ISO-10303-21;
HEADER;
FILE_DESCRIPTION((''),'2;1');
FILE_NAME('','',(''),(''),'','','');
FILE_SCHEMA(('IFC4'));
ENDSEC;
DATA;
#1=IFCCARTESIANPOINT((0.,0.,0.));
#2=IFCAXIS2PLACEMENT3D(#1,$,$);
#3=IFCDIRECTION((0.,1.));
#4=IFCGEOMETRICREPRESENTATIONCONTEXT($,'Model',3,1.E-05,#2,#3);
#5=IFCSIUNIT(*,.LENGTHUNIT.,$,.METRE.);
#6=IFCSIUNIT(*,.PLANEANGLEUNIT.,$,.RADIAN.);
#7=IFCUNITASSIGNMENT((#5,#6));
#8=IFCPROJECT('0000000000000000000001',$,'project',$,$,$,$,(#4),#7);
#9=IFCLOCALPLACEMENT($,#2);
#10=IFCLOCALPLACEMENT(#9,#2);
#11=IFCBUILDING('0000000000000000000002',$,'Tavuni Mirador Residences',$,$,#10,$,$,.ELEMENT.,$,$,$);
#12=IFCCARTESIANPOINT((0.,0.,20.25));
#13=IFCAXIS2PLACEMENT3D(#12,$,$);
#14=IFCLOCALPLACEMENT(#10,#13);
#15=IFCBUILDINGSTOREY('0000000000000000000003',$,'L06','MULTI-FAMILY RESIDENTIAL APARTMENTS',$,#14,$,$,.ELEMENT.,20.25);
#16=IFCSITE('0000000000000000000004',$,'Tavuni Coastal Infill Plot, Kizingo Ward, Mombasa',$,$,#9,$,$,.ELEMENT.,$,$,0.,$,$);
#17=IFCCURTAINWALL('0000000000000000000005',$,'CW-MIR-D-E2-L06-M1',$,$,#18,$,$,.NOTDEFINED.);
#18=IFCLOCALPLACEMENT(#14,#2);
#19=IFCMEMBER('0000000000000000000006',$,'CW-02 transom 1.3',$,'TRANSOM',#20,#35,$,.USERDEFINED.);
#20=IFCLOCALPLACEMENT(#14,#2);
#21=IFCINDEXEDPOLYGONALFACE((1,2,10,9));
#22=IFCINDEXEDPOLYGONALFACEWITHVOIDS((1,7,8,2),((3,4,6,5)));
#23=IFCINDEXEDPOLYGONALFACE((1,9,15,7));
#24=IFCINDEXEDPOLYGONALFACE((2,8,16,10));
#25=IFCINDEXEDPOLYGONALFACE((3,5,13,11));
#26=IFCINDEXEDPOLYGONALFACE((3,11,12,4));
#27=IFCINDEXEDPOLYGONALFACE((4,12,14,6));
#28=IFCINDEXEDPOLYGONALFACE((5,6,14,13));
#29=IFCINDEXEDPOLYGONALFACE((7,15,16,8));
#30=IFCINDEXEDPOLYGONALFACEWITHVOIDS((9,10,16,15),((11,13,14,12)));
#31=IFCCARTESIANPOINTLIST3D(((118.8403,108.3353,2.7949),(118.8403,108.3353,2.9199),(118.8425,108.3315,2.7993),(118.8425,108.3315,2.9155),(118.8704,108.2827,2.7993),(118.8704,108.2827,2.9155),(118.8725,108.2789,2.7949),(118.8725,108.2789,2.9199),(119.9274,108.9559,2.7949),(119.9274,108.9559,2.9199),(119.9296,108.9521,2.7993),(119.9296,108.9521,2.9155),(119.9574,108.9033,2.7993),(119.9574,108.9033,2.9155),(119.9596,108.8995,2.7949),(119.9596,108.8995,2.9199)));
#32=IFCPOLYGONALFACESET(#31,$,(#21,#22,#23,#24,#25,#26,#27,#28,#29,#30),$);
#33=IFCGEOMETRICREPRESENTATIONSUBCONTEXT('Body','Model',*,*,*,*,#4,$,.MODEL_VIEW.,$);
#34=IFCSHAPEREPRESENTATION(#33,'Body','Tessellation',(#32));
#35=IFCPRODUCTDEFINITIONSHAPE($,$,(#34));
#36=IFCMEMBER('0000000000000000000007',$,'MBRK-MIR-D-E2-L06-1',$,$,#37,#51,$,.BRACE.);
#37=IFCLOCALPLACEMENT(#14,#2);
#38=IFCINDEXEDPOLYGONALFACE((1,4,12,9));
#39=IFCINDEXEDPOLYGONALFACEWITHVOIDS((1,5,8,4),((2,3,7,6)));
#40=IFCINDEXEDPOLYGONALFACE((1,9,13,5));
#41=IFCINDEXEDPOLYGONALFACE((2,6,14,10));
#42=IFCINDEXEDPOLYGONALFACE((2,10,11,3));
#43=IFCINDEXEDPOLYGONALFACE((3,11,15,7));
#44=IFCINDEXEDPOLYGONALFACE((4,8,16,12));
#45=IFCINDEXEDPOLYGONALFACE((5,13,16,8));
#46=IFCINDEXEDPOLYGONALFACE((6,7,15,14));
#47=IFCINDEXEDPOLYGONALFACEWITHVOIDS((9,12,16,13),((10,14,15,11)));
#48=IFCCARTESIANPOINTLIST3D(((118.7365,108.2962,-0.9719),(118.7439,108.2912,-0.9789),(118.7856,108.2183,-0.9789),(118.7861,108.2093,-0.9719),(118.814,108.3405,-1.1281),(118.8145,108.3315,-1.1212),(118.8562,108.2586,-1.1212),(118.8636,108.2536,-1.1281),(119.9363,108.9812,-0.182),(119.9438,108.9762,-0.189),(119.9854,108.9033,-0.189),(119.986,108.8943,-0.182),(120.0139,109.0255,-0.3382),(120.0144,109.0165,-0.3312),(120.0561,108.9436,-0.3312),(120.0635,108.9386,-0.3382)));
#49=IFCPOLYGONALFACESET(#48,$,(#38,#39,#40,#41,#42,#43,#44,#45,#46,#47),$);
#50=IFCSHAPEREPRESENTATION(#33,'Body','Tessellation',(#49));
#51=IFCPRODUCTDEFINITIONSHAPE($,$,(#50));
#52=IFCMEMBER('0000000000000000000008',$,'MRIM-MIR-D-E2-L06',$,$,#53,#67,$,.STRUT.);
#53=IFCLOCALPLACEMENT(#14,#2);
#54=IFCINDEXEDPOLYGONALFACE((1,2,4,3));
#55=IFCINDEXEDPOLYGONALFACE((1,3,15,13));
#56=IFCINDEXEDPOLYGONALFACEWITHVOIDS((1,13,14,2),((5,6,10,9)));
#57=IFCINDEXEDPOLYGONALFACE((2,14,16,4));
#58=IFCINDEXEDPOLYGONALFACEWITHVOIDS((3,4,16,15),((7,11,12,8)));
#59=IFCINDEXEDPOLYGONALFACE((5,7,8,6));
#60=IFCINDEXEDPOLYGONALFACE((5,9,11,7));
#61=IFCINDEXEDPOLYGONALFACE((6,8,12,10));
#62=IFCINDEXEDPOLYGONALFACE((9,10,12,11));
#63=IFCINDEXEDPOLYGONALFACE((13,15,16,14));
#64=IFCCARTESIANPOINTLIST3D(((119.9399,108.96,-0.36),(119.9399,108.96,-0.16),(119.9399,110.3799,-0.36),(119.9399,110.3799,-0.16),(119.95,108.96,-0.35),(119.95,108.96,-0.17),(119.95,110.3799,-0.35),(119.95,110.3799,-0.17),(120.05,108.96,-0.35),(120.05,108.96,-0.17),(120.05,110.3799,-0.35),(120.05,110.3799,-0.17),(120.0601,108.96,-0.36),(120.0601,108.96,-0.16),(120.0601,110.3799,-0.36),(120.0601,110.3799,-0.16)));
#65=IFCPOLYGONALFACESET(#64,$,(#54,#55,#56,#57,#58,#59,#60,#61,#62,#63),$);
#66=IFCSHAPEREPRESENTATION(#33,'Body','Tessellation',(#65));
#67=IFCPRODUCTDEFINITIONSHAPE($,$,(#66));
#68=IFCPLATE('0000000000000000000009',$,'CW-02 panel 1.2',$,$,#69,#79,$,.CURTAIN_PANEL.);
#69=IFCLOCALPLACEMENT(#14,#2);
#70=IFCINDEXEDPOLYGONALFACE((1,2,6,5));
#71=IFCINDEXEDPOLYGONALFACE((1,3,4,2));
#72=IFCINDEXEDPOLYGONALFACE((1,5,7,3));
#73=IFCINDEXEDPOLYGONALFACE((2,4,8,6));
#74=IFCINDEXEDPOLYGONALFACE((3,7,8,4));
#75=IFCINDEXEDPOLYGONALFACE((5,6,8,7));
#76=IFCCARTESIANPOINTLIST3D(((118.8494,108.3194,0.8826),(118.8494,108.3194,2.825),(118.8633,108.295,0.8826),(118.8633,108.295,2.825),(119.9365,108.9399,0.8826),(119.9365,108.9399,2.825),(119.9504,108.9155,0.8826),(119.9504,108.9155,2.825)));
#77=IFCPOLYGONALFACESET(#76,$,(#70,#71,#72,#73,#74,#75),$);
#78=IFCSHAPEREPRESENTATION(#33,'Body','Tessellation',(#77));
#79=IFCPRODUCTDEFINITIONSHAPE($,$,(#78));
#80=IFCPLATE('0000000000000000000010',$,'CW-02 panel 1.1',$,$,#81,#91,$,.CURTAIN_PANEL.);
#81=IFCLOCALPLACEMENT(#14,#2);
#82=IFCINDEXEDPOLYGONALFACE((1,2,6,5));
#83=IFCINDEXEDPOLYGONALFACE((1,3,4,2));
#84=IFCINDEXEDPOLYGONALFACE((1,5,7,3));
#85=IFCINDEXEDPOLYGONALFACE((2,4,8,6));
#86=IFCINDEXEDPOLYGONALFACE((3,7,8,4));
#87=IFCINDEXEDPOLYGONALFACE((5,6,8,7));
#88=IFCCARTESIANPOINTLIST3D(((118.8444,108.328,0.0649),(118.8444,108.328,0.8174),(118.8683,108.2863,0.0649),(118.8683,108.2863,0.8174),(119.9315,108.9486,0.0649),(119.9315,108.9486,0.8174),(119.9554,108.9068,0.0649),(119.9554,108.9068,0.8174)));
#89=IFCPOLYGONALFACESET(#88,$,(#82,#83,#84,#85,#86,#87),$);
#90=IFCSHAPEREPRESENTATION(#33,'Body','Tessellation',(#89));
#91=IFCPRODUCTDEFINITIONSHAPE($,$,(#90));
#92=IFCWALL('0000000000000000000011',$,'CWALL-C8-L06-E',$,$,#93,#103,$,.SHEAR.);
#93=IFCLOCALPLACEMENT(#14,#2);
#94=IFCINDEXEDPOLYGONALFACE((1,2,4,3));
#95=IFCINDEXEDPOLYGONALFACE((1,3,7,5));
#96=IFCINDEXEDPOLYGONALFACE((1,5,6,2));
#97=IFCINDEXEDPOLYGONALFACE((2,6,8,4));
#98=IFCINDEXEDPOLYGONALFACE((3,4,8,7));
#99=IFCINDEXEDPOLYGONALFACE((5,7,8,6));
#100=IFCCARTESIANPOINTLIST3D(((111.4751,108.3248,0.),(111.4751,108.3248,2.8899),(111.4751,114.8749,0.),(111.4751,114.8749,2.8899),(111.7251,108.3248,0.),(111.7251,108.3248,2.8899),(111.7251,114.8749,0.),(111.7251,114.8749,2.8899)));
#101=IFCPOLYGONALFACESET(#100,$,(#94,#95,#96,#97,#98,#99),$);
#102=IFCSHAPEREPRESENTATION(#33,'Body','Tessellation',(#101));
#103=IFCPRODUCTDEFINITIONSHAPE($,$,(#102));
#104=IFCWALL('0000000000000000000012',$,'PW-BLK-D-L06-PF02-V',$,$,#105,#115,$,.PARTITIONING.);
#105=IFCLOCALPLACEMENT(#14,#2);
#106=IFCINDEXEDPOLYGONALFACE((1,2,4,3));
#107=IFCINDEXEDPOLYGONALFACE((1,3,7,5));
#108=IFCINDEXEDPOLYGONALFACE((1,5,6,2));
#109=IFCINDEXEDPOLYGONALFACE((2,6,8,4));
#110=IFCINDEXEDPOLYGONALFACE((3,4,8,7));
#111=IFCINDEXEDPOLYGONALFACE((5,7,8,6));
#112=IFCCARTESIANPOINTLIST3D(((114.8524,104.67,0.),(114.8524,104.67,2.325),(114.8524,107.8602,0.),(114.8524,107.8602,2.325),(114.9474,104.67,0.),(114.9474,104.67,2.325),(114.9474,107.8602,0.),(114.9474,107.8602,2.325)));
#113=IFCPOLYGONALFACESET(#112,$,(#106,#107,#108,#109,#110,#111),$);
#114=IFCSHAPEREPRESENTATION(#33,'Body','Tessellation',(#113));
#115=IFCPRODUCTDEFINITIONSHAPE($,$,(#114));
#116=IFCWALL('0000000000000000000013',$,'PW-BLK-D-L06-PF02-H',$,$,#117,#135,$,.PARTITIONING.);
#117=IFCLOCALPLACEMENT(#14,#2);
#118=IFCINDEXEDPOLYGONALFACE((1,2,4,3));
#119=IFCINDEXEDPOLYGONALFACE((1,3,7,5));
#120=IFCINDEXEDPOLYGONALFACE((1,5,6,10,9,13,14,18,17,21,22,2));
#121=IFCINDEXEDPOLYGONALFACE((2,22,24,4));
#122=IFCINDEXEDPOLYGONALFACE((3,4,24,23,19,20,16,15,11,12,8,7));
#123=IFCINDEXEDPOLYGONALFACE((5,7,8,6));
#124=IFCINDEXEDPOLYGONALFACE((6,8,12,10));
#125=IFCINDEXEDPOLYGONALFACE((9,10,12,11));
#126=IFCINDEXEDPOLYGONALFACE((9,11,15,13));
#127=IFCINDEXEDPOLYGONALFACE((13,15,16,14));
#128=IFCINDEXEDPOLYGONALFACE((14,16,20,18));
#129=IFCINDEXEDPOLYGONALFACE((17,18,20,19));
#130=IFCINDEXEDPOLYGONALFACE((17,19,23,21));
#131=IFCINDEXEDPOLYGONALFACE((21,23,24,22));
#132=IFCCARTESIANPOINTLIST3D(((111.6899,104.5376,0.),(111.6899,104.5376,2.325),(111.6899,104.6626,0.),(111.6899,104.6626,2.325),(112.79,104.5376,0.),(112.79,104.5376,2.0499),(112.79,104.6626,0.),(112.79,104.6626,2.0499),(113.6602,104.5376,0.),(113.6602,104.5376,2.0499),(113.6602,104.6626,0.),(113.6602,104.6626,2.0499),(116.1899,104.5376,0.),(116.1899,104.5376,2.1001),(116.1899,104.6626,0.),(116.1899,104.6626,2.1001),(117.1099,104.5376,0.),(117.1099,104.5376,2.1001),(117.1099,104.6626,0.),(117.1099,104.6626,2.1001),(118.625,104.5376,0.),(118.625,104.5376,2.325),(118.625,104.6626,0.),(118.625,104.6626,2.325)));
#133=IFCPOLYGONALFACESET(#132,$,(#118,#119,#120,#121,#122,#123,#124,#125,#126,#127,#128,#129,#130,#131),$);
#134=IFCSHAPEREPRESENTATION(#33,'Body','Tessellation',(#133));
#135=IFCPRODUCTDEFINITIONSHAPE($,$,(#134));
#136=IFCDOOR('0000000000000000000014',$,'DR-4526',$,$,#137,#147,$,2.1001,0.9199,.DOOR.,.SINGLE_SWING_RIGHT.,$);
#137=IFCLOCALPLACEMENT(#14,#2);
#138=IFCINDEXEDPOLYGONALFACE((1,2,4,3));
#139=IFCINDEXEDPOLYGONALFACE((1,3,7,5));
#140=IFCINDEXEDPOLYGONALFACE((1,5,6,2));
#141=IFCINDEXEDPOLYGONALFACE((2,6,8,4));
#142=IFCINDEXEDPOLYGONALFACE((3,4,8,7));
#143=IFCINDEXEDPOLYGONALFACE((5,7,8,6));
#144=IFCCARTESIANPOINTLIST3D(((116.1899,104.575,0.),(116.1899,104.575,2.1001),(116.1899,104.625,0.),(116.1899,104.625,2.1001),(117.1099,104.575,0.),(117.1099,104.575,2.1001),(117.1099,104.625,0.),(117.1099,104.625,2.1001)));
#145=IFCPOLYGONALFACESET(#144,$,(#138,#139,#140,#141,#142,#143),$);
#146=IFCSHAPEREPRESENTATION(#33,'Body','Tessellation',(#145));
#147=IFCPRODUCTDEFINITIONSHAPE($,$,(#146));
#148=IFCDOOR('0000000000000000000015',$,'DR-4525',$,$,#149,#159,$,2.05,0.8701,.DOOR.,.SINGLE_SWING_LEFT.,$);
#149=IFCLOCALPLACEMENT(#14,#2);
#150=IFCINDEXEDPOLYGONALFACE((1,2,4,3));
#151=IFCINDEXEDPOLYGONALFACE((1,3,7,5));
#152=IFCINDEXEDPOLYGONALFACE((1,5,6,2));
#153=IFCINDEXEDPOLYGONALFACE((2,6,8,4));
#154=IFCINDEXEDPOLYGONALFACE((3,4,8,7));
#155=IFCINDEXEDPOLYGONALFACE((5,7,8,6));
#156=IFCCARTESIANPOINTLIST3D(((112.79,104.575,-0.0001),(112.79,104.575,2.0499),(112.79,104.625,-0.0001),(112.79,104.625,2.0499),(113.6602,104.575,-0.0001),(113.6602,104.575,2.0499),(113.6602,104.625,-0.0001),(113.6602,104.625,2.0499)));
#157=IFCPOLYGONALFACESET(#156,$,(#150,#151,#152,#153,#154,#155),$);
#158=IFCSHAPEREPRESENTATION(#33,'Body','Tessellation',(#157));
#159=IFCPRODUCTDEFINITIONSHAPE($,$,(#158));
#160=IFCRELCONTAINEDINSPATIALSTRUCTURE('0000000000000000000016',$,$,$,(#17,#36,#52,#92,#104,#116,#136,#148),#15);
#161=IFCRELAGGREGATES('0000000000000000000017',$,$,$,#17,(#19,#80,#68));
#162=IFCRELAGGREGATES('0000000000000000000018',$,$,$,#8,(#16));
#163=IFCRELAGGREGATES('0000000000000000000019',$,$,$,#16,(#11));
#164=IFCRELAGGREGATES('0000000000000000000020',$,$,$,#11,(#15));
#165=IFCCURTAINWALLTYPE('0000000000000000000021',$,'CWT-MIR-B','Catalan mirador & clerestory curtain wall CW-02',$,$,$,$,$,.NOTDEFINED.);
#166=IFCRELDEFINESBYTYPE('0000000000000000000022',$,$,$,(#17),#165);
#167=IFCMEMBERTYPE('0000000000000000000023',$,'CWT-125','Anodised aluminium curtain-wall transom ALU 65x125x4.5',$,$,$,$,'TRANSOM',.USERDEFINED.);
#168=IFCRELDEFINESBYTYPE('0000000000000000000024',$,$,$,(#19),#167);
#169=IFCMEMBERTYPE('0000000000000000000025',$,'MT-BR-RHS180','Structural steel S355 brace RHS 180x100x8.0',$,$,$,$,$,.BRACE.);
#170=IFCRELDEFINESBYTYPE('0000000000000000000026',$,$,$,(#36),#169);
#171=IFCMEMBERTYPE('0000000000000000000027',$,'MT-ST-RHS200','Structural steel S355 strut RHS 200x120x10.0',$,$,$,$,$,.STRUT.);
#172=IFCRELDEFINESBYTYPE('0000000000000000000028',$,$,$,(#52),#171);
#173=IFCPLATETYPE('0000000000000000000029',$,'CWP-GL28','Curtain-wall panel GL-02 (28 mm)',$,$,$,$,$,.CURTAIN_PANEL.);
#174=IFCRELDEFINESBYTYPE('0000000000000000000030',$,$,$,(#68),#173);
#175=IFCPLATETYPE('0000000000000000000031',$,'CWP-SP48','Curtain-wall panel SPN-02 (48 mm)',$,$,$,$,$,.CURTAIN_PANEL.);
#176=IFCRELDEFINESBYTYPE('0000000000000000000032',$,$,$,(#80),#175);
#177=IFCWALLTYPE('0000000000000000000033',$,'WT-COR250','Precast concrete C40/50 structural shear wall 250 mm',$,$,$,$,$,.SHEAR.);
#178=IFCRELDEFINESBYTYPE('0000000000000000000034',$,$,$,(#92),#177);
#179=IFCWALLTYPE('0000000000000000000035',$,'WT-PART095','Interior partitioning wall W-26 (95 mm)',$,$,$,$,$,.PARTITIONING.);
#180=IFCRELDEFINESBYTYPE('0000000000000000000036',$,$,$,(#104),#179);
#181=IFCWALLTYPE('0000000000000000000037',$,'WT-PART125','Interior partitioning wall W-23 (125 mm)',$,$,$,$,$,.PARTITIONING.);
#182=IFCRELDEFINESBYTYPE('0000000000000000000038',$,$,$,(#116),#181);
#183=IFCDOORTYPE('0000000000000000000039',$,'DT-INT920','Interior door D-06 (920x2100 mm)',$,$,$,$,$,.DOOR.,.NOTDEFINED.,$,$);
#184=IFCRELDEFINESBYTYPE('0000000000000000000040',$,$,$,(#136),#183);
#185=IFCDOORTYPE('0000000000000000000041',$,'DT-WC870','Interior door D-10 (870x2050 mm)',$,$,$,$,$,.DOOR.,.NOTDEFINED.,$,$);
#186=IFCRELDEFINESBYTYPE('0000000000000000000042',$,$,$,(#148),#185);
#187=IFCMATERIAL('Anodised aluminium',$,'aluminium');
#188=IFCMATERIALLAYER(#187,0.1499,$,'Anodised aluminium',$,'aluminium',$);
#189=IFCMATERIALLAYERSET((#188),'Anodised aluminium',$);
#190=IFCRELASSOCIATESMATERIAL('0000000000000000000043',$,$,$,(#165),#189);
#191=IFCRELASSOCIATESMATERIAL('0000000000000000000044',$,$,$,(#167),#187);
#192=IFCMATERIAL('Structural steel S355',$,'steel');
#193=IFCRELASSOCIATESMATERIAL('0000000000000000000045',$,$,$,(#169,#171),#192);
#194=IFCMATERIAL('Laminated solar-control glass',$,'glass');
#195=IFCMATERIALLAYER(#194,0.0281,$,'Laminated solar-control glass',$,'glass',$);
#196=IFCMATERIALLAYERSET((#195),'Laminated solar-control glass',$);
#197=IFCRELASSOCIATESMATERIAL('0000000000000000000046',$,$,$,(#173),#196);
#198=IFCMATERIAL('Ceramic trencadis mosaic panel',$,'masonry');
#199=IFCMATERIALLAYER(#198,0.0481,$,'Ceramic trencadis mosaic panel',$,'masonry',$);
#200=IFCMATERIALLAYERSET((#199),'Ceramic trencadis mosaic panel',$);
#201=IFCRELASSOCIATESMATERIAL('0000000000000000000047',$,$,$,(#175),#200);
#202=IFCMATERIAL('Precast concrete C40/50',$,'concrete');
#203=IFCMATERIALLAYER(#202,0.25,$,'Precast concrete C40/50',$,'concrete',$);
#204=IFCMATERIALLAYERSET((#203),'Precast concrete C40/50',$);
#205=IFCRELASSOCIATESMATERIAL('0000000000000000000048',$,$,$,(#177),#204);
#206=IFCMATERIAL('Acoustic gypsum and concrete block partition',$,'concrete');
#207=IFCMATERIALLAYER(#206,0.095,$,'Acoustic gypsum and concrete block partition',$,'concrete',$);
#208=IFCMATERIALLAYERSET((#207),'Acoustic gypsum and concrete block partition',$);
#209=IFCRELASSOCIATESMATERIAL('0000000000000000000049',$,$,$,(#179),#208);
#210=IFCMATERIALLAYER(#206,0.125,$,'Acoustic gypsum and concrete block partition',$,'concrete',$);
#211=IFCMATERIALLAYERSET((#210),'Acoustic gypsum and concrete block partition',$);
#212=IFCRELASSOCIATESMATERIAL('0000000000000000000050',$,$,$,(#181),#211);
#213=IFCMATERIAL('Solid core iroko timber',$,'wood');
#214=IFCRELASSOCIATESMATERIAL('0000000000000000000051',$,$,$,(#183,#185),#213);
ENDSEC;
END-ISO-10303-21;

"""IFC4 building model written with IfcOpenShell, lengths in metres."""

from ifc_helpers import new_model, si_unit, direction, frame, frame_2d, origin, origin_2d, place, context, subcontext, project, spatial, rectangle, hollow_rectangle, extrude, material, layer, layer_set, material_profile, profile_set, type_object, element, fill, aggregate, save


model = new_model("IFC4")

# Units and contexts
model_context = context("Model", 3, precision=1e-05, world=origin(), true_north=direction((0.0, 1.0)))
body_context = subcontext(model_context, "Body", "Model", "MODEL_VIEW")
ifc_project = project(units=[si_unit("LENGTHUNIT", "METRE"), si_unit("PLANEANGLEUNIT", "RADIAN")], contexts=[model_context])

# Site, building, storey
site_placement = place(None, origin())
site = spatial("IfcSite", under=ifc_project, at=site_placement, Name="Tavuni Coastal Infill Plot, Kizingo Ward, Mombasa", CompositionType="ELEMENT", RefElevation=0.0)
building_placement = place(site_placement, origin())
building = spatial("IfcBuilding", under=site, at=building_placement, Name="Tavuni Mirador Residences", CompositionType="ELEMENT")
storey_placement = place(building_placement, frame((0.0, 0.0, 20.25)))
storey = spatial("IfcBuildingStorey", under=building, at=storey_placement, Name="L06", Description="MULTI-FAMILY RESIDENTIAL APARTMENTS", CompositionType="ELEMENT", Elevation=20.25)

# Shared definitions
ifc_material_1 = material(Name="Precast concrete C40/50", Category="concrete")

# Shared definitions
ifc_material_2 = material(Name="Anodised aluminium", Category="aluminium")

# Curtain wall
ifc_layer_1 = layer(ifc_material_2, 0.1499, Name="Anodised aluminium", Category="aluminium")
ifc_layer_set_1 = layer_set([ifc_layer_1], Name="Anodised aluminium")
curtain_wall_type_1 = type_object("IfcCurtainWallType", Name="CWT-MIR-B", Description="Catalan mirador & clerestory curtain wall CW-02", PredefinedType="NOTDEFINED", material=ifc_layer_set_1)
curtain_wall_1_placement = place(storey_placement, origin())
curtain_wall_1 = element("IfcCurtainWall", 1, at=curtain_wall_1_placement, inside=storey, type_object=curtain_wall_type_1, Name="CW-MIR-D-E2-L06-M1", PredefinedType="NOTDEFINED")

# Member
ifc_material_profile_1 = material_profile(ifc_material_2, hollow_rectangle(XDim=0.0649, YDim=0.125, WallThickness=0.0044, at=origin_2d()), Name="ALU 65x125x4.5", Category="aluminium")
ifc_profile_set_1 = profile_set([ifc_material_profile_1], Name="Anodised aluminium")
member_type_1 = type_object("IfcMemberType", Name="CWT-125", Description="Anodised aluminium curtain-wall transom ALU 65x125x4.5", ElementType="TRANSOM", PredefinedType="USERDEFINED", material=ifc_profile_set_1)
member_1_placement = place(storey_placement, frame((118.8564, 108.3071, 2.8574), z_axis=(0.868459, 0.495761, 0.0), x_axis=(-0.495761, 0.868459, 0.0)))
member_1 = element("IfcMember", 2, at=member_1_placement, type_object=member_type_1, Name="CW-02 transom 1.3", ObjectType="TRANSOM", PredefinedType="USERDEFINED", context=body_context, shape_type="SweptSolid", body=[
    extrude(hollow_rectangle(XDim=0.0649, YDim=0.125, WallThickness=0.0044, at=origin_2d()), origin(), (0.0, 0.0, 1.0), 1.2517),
])

# Members
ifc_material_3 = material(Name="Structural steel S355", Category="steel")
ifc_material_profile_2 = material_profile(ifc_material_3, hollow_rectangle(XDim=0.1001, YDim=0.1799, WallThickness=0.0081, at=origin_2d()), Name="RHS 180x100x8.0", Category="steel")
ifc_profile_set_2 = profile_set([ifc_material_profile_2], Name="Structural steel S355")
member_type_2 = type_object("IfcMemberType", Name="MT-BR-RHS180", Description="Structural steel S355 brace RHS 180x100x8.0", PredefinedType="BRACE", material=ifc_profile_set_2)
member_2_placement = place(storey_placement, frame((118.8, 108.2749, -1.05), z_axis=(0.753904, 0.430408, 0.496365), x_axis=(-0.495796, 0.868439, 0.0)))
element("IfcMember", 3, at=member_2_placement, inside=storey, type_object=member_type_2, Name="MBRK-MIR-D-E2-L06-1", PredefinedType="BRACE", context=body_context, shape_type="SweptSolid", body=[
    extrude(hollow_rectangle(XDim=0.1001, YDim=0.1799, WallThickness=0.0081, at=origin_2d()), origin(), (0.0, 0.0, 1.0), 1.5916),
])
ifc_material_profile_3 = material_profile(ifc_material_3, hollow_rectangle(XDim=0.1201, YDim=0.2, WallThickness=0.01, at=origin_2d()), Name="RHS 200x120x10.0", Category="steel")
ifc_profile_set_3 = profile_set([ifc_material_profile_3], Name="Structural steel S355")
member_type_3 = type_object("IfcMemberType", Name="MT-ST-RHS200", Description="Structural steel S355 strut RHS 200x120x10.0", PredefinedType="STRUT", material=ifc_profile_set_3)
member_3_placement = place(storey_placement, frame((120.0, 108.96, -0.26), z_axis=(0.0, 1.0, 0.0), x_axis=(-1.0, 0.0, 0.0)))
element("IfcMember", 4, at=member_3_placement, inside=storey, type_object=member_type_3, Name="MRIM-MIR-D-E2-L06", PredefinedType="STRUT", context=body_context, shape_type="SweptSolid", body=[
    extrude(hollow_rectangle(XDim=0.1201, YDim=0.2, WallThickness=0.01, at=origin_2d()), origin(), (0.0, 0.0, 1.0), 1.4199),
])

# Plates
ifc_material_4 = material(Name="Laminated solar-control glass", Category="glass")
ifc_layer_2 = layer(ifc_material_4, 0.0281, Name="Laminated solar-control glass", Category="glass")
ifc_layer_set_2 = layer_set([ifc_layer_2], Name="Laminated solar-control glass")
plate_type_1 = type_object("IfcPlateType", Name="CWP-GL28", Description="Curtain-wall panel GL-02 (28 mm)", PredefinedType="CURTAIN_PANEL", material=ifc_layer_set_2)
plate_1_placement = place(storey_placement, frame((119.3999, 108.6174, 0.8826), z_axis=(0.0, 0.0, 1.0), x_axis=(0.868466, 0.495749, 0.0)))
plate_1 = element("IfcPlate", 5, at=plate_1_placement, type_object=plate_type_1, Name="CW-02 panel 1.2", PredefinedType="CURTAIN_PANEL", context=body_context, shape_type="SweptSolid", body=[
    extrude(rectangle(XDim=1.2517, YDim=0.0281, at=origin_2d()), origin(), (0.0, 0.0, 1.0), 1.9424),
])
ifc_material_5 = material(Name="Ceramic trencadis mosaic panel", Category="masonry")
ifc_layer_3 = layer(ifc_material_5, 0.0481, Name="Ceramic trencadis mosaic panel", Category="masonry")
ifc_layer_set_3 = layer_set([ifc_layer_3], Name="Ceramic trencadis mosaic panel")
plate_type_2 = type_object("IfcPlateType", Name="CWP-SP48", Description="Curtain-wall panel SPN-02 (48 mm)", PredefinedType="CURTAIN_PANEL", material=ifc_layer_set_3)
plate_2_placement = place(storey_placement, frame((119.3999, 108.6174, 0.0649), z_axis=(0.0, 0.0, 1.0), x_axis=(0.868466, 0.495749, 0.0)))
plate_2 = element("IfcPlate", 6, at=plate_2_placement, type_object=plate_type_2, Name="CW-02 panel 1.1", PredefinedType="CURTAIN_PANEL", context=body_context, shape_type="SweptSolid", body=[
    extrude(rectangle(XDim=1.2517, YDim=0.0481, at=origin_2d()), origin(), (0.0, 0.0, 1.0), 0.7524),
])
aggregate(curtain_wall_1, [member_1, plate_2, plate_1])

# Wall
ifc_layer_4 = layer(ifc_material_1, 0.25, Name="Precast concrete C40/50", Category="concrete")
ifc_layer_set_4 = layer_set([ifc_layer_4], Name="Precast concrete C40/50")
wall_type_1 = type_object("IfcWallType", Name="WT-COR250", Description="Precast concrete C40/50 structural shear wall 250 mm", PredefinedType="SHEAR", material=ifc_layer_set_4)
wall_1_placement = place(storey_placement, frame((111.6001, 108.325, 0.0), z_axis=(0.0, 0.0, 1.0), x_axis=(0.0, 1.0, 0.0)))
element("IfcWall", 7, at=wall_1_placement, inside=storey, type_object=wall_type_1, Name="CWALL-C8-L06-E", PredefinedType="SHEAR", context=body_context, shape_type="SweptSolid", body=[
    extrude(rectangle(XDim=6.55, YDim=0.25, at=frame_2d((3.2749, 0.0))), origin(), (0.0, 0.0, 1.0), 2.8899),
])

# Shared definitions
ifc_material_6 = material(Name="Solid core iroko timber", Category="wood")

# Wall
ifc_material_7 = material(Name="Acoustic gypsum and concrete block partition", Category="concrete")
ifc_layer_5 = layer(ifc_material_7, 0.095, Name="Acoustic gypsum and concrete block partition", Category="concrete")
ifc_layer_set_5 = layer_set([ifc_layer_5], Name="Acoustic gypsum and concrete block partition")
wall_type_2 = type_object("IfcWallType", Name="WT-PART095", Description="Interior partitioning wall W-26 (95 mm)", PredefinedType="PARTITIONING", material=ifc_layer_set_5)
wall_2_placement = place(storey_placement, frame((114.8999, 104.6699, 0.0), z_axis=(0.0, 0.0, 1.0), x_axis=(0.0, 1.0, 0.0)))
element("IfcWall", 8, at=wall_2_placement, inside=storey, type_object=wall_type_2, Name="PW-BLK-D-L06-PF02-V", PredefinedType="PARTITIONING", context=body_context, shape_type="SweptSolid", body=[
    extrude(rectangle(XDim=3.1902, YDim=0.095, at=frame_2d((1.5952, 0.0))), origin(), (0.0, 0.0, 1.0), 2.325),
])

# Wall, openings, doors
ifc_layer_6 = layer(ifc_material_7, 0.125, Name="Acoustic gypsum and concrete block partition", Category="concrete")
ifc_layer_set_6 = layer_set([ifc_layer_6], Name="Acoustic gypsum and concrete block partition")
wall_type_3 = type_object("IfcWallType", Name="WT-PART125", Description="Interior partitioning wall W-23 (125 mm)", PredefinedType="PARTITIONING", material=ifc_layer_set_6)
wall_3_placement = place(storey_placement, frame((111.6899, 104.6001, 0.0), z_axis=(0.0, 0.0, 1.0), x_axis=(1.0, 0.0, 0.0)))
wall_3 = element("IfcWall", 9, at=wall_3_placement, inside=storey, type_object=wall_type_3, Name="PW-BLK-D-L06-PF02-H", PredefinedType="PARTITIONING", context=body_context, shape_type="SweptSolid", body=[
    extrude(rectangle(XDim=6.9351, YDim=0.125, at=frame_2d((3.4675, 0.0))), origin(), (0.0, 0.0, 1.0), 2.325),
])
opening_1_placement = place(wall_3_placement, frame((1.1001, 0.0, 0.0)))
opening_1 = element("IfcOpeningElement", 10, at=opening_1_placement, cuts=wall_3, PredefinedType="OPENING", context=body_context, shape_type="SweptSolid", body=[
    extrude(rectangle(XDim=0.8701, YDim=2.05, at=frame_2d((0.4351, 1.0249))), frame((0.0, 0.0725, 0.0), z_axis=(0.0, -1.0, 0.0), x_axis=(1.0, 0.0, 0.0)), (0.0, 0.0, 1.0), 0.145),
])
opening_2_placement = place(wall_3_placement, frame((4.5, 0.0, 0.0)))
opening_2 = element("IfcOpeningElement", 11, at=opening_2_placement, cuts=wall_3, PredefinedType="OPENING", context=body_context, shape_type="SweptSolid", body=[
    extrude(rectangle(XDim=0.9199, YDim=2.1001, at=frame_2d((0.46, 1.05))), frame((0.0, 0.0725, 0.0), z_axis=(0.0, -1.0, 0.0), x_axis=(1.0, 0.0, 0.0)), (0.0, 0.0, 1.0), 0.145),
])
door_type_1 = type_object("IfcDoorType", Name="DT-INT920", Description="Interior door D-06 (920x2100 mm)", OperationType="NOTDEFINED", PredefinedType="DOOR", material=ifc_material_6)
door_1_placement = place(opening_2_placement, origin())
door_1 = element("IfcDoor", 12, at=door_1_placement, inside=storey, type_object=door_type_1, Name="DR-4526", OperationType="SINGLE_SWING_RIGHT", OverallHeight=2.1001, OverallWidth=0.9199, PredefinedType="DOOR", context=body_context, shape_type="SweptSolid", body=[
    extrude(rectangle(XDim=0.9199, YDim=2.1001, at=frame_2d((0.46, 1.05))), frame((0.0, 0.0249, 0.0), z_axis=(0.0, -1.0, 0.0), x_axis=(1.0, 0.0, 0.0)), (0.0, 0.0, 1.0), 0.05),
])
fill(opening_2, door_1)
door_type_2 = type_object("IfcDoorType", Name="DT-WC870", Description="Interior door D-10 (870x2050 mm)", OperationType="NOTDEFINED", PredefinedType="DOOR", material=ifc_material_6)
door_2_placement = place(opening_1_placement, origin())
door_2 = element("IfcDoor", 13, at=door_2_placement, inside=storey, type_object=door_type_2, Name="DR-4525", OperationType="SINGLE_SWING_LEFT", OverallHeight=2.05, OverallWidth=0.8701, PredefinedType="DOOR", context=body_context, shape_type="SweptSolid", body=[
    extrude(rectangle(XDim=0.8701, YDim=2.05, at=frame_2d((0.4351, 1.0249))), frame((0.0, 0.0249, 0.0), z_axis=(0.0, -1.0, 0.0), x_axis=(1.0, 0.0, 0.0)), (0.0, 0.0, 1.0), 0.05),
])
fill(opening_1, door_2)

save(model, "model.ifc")
